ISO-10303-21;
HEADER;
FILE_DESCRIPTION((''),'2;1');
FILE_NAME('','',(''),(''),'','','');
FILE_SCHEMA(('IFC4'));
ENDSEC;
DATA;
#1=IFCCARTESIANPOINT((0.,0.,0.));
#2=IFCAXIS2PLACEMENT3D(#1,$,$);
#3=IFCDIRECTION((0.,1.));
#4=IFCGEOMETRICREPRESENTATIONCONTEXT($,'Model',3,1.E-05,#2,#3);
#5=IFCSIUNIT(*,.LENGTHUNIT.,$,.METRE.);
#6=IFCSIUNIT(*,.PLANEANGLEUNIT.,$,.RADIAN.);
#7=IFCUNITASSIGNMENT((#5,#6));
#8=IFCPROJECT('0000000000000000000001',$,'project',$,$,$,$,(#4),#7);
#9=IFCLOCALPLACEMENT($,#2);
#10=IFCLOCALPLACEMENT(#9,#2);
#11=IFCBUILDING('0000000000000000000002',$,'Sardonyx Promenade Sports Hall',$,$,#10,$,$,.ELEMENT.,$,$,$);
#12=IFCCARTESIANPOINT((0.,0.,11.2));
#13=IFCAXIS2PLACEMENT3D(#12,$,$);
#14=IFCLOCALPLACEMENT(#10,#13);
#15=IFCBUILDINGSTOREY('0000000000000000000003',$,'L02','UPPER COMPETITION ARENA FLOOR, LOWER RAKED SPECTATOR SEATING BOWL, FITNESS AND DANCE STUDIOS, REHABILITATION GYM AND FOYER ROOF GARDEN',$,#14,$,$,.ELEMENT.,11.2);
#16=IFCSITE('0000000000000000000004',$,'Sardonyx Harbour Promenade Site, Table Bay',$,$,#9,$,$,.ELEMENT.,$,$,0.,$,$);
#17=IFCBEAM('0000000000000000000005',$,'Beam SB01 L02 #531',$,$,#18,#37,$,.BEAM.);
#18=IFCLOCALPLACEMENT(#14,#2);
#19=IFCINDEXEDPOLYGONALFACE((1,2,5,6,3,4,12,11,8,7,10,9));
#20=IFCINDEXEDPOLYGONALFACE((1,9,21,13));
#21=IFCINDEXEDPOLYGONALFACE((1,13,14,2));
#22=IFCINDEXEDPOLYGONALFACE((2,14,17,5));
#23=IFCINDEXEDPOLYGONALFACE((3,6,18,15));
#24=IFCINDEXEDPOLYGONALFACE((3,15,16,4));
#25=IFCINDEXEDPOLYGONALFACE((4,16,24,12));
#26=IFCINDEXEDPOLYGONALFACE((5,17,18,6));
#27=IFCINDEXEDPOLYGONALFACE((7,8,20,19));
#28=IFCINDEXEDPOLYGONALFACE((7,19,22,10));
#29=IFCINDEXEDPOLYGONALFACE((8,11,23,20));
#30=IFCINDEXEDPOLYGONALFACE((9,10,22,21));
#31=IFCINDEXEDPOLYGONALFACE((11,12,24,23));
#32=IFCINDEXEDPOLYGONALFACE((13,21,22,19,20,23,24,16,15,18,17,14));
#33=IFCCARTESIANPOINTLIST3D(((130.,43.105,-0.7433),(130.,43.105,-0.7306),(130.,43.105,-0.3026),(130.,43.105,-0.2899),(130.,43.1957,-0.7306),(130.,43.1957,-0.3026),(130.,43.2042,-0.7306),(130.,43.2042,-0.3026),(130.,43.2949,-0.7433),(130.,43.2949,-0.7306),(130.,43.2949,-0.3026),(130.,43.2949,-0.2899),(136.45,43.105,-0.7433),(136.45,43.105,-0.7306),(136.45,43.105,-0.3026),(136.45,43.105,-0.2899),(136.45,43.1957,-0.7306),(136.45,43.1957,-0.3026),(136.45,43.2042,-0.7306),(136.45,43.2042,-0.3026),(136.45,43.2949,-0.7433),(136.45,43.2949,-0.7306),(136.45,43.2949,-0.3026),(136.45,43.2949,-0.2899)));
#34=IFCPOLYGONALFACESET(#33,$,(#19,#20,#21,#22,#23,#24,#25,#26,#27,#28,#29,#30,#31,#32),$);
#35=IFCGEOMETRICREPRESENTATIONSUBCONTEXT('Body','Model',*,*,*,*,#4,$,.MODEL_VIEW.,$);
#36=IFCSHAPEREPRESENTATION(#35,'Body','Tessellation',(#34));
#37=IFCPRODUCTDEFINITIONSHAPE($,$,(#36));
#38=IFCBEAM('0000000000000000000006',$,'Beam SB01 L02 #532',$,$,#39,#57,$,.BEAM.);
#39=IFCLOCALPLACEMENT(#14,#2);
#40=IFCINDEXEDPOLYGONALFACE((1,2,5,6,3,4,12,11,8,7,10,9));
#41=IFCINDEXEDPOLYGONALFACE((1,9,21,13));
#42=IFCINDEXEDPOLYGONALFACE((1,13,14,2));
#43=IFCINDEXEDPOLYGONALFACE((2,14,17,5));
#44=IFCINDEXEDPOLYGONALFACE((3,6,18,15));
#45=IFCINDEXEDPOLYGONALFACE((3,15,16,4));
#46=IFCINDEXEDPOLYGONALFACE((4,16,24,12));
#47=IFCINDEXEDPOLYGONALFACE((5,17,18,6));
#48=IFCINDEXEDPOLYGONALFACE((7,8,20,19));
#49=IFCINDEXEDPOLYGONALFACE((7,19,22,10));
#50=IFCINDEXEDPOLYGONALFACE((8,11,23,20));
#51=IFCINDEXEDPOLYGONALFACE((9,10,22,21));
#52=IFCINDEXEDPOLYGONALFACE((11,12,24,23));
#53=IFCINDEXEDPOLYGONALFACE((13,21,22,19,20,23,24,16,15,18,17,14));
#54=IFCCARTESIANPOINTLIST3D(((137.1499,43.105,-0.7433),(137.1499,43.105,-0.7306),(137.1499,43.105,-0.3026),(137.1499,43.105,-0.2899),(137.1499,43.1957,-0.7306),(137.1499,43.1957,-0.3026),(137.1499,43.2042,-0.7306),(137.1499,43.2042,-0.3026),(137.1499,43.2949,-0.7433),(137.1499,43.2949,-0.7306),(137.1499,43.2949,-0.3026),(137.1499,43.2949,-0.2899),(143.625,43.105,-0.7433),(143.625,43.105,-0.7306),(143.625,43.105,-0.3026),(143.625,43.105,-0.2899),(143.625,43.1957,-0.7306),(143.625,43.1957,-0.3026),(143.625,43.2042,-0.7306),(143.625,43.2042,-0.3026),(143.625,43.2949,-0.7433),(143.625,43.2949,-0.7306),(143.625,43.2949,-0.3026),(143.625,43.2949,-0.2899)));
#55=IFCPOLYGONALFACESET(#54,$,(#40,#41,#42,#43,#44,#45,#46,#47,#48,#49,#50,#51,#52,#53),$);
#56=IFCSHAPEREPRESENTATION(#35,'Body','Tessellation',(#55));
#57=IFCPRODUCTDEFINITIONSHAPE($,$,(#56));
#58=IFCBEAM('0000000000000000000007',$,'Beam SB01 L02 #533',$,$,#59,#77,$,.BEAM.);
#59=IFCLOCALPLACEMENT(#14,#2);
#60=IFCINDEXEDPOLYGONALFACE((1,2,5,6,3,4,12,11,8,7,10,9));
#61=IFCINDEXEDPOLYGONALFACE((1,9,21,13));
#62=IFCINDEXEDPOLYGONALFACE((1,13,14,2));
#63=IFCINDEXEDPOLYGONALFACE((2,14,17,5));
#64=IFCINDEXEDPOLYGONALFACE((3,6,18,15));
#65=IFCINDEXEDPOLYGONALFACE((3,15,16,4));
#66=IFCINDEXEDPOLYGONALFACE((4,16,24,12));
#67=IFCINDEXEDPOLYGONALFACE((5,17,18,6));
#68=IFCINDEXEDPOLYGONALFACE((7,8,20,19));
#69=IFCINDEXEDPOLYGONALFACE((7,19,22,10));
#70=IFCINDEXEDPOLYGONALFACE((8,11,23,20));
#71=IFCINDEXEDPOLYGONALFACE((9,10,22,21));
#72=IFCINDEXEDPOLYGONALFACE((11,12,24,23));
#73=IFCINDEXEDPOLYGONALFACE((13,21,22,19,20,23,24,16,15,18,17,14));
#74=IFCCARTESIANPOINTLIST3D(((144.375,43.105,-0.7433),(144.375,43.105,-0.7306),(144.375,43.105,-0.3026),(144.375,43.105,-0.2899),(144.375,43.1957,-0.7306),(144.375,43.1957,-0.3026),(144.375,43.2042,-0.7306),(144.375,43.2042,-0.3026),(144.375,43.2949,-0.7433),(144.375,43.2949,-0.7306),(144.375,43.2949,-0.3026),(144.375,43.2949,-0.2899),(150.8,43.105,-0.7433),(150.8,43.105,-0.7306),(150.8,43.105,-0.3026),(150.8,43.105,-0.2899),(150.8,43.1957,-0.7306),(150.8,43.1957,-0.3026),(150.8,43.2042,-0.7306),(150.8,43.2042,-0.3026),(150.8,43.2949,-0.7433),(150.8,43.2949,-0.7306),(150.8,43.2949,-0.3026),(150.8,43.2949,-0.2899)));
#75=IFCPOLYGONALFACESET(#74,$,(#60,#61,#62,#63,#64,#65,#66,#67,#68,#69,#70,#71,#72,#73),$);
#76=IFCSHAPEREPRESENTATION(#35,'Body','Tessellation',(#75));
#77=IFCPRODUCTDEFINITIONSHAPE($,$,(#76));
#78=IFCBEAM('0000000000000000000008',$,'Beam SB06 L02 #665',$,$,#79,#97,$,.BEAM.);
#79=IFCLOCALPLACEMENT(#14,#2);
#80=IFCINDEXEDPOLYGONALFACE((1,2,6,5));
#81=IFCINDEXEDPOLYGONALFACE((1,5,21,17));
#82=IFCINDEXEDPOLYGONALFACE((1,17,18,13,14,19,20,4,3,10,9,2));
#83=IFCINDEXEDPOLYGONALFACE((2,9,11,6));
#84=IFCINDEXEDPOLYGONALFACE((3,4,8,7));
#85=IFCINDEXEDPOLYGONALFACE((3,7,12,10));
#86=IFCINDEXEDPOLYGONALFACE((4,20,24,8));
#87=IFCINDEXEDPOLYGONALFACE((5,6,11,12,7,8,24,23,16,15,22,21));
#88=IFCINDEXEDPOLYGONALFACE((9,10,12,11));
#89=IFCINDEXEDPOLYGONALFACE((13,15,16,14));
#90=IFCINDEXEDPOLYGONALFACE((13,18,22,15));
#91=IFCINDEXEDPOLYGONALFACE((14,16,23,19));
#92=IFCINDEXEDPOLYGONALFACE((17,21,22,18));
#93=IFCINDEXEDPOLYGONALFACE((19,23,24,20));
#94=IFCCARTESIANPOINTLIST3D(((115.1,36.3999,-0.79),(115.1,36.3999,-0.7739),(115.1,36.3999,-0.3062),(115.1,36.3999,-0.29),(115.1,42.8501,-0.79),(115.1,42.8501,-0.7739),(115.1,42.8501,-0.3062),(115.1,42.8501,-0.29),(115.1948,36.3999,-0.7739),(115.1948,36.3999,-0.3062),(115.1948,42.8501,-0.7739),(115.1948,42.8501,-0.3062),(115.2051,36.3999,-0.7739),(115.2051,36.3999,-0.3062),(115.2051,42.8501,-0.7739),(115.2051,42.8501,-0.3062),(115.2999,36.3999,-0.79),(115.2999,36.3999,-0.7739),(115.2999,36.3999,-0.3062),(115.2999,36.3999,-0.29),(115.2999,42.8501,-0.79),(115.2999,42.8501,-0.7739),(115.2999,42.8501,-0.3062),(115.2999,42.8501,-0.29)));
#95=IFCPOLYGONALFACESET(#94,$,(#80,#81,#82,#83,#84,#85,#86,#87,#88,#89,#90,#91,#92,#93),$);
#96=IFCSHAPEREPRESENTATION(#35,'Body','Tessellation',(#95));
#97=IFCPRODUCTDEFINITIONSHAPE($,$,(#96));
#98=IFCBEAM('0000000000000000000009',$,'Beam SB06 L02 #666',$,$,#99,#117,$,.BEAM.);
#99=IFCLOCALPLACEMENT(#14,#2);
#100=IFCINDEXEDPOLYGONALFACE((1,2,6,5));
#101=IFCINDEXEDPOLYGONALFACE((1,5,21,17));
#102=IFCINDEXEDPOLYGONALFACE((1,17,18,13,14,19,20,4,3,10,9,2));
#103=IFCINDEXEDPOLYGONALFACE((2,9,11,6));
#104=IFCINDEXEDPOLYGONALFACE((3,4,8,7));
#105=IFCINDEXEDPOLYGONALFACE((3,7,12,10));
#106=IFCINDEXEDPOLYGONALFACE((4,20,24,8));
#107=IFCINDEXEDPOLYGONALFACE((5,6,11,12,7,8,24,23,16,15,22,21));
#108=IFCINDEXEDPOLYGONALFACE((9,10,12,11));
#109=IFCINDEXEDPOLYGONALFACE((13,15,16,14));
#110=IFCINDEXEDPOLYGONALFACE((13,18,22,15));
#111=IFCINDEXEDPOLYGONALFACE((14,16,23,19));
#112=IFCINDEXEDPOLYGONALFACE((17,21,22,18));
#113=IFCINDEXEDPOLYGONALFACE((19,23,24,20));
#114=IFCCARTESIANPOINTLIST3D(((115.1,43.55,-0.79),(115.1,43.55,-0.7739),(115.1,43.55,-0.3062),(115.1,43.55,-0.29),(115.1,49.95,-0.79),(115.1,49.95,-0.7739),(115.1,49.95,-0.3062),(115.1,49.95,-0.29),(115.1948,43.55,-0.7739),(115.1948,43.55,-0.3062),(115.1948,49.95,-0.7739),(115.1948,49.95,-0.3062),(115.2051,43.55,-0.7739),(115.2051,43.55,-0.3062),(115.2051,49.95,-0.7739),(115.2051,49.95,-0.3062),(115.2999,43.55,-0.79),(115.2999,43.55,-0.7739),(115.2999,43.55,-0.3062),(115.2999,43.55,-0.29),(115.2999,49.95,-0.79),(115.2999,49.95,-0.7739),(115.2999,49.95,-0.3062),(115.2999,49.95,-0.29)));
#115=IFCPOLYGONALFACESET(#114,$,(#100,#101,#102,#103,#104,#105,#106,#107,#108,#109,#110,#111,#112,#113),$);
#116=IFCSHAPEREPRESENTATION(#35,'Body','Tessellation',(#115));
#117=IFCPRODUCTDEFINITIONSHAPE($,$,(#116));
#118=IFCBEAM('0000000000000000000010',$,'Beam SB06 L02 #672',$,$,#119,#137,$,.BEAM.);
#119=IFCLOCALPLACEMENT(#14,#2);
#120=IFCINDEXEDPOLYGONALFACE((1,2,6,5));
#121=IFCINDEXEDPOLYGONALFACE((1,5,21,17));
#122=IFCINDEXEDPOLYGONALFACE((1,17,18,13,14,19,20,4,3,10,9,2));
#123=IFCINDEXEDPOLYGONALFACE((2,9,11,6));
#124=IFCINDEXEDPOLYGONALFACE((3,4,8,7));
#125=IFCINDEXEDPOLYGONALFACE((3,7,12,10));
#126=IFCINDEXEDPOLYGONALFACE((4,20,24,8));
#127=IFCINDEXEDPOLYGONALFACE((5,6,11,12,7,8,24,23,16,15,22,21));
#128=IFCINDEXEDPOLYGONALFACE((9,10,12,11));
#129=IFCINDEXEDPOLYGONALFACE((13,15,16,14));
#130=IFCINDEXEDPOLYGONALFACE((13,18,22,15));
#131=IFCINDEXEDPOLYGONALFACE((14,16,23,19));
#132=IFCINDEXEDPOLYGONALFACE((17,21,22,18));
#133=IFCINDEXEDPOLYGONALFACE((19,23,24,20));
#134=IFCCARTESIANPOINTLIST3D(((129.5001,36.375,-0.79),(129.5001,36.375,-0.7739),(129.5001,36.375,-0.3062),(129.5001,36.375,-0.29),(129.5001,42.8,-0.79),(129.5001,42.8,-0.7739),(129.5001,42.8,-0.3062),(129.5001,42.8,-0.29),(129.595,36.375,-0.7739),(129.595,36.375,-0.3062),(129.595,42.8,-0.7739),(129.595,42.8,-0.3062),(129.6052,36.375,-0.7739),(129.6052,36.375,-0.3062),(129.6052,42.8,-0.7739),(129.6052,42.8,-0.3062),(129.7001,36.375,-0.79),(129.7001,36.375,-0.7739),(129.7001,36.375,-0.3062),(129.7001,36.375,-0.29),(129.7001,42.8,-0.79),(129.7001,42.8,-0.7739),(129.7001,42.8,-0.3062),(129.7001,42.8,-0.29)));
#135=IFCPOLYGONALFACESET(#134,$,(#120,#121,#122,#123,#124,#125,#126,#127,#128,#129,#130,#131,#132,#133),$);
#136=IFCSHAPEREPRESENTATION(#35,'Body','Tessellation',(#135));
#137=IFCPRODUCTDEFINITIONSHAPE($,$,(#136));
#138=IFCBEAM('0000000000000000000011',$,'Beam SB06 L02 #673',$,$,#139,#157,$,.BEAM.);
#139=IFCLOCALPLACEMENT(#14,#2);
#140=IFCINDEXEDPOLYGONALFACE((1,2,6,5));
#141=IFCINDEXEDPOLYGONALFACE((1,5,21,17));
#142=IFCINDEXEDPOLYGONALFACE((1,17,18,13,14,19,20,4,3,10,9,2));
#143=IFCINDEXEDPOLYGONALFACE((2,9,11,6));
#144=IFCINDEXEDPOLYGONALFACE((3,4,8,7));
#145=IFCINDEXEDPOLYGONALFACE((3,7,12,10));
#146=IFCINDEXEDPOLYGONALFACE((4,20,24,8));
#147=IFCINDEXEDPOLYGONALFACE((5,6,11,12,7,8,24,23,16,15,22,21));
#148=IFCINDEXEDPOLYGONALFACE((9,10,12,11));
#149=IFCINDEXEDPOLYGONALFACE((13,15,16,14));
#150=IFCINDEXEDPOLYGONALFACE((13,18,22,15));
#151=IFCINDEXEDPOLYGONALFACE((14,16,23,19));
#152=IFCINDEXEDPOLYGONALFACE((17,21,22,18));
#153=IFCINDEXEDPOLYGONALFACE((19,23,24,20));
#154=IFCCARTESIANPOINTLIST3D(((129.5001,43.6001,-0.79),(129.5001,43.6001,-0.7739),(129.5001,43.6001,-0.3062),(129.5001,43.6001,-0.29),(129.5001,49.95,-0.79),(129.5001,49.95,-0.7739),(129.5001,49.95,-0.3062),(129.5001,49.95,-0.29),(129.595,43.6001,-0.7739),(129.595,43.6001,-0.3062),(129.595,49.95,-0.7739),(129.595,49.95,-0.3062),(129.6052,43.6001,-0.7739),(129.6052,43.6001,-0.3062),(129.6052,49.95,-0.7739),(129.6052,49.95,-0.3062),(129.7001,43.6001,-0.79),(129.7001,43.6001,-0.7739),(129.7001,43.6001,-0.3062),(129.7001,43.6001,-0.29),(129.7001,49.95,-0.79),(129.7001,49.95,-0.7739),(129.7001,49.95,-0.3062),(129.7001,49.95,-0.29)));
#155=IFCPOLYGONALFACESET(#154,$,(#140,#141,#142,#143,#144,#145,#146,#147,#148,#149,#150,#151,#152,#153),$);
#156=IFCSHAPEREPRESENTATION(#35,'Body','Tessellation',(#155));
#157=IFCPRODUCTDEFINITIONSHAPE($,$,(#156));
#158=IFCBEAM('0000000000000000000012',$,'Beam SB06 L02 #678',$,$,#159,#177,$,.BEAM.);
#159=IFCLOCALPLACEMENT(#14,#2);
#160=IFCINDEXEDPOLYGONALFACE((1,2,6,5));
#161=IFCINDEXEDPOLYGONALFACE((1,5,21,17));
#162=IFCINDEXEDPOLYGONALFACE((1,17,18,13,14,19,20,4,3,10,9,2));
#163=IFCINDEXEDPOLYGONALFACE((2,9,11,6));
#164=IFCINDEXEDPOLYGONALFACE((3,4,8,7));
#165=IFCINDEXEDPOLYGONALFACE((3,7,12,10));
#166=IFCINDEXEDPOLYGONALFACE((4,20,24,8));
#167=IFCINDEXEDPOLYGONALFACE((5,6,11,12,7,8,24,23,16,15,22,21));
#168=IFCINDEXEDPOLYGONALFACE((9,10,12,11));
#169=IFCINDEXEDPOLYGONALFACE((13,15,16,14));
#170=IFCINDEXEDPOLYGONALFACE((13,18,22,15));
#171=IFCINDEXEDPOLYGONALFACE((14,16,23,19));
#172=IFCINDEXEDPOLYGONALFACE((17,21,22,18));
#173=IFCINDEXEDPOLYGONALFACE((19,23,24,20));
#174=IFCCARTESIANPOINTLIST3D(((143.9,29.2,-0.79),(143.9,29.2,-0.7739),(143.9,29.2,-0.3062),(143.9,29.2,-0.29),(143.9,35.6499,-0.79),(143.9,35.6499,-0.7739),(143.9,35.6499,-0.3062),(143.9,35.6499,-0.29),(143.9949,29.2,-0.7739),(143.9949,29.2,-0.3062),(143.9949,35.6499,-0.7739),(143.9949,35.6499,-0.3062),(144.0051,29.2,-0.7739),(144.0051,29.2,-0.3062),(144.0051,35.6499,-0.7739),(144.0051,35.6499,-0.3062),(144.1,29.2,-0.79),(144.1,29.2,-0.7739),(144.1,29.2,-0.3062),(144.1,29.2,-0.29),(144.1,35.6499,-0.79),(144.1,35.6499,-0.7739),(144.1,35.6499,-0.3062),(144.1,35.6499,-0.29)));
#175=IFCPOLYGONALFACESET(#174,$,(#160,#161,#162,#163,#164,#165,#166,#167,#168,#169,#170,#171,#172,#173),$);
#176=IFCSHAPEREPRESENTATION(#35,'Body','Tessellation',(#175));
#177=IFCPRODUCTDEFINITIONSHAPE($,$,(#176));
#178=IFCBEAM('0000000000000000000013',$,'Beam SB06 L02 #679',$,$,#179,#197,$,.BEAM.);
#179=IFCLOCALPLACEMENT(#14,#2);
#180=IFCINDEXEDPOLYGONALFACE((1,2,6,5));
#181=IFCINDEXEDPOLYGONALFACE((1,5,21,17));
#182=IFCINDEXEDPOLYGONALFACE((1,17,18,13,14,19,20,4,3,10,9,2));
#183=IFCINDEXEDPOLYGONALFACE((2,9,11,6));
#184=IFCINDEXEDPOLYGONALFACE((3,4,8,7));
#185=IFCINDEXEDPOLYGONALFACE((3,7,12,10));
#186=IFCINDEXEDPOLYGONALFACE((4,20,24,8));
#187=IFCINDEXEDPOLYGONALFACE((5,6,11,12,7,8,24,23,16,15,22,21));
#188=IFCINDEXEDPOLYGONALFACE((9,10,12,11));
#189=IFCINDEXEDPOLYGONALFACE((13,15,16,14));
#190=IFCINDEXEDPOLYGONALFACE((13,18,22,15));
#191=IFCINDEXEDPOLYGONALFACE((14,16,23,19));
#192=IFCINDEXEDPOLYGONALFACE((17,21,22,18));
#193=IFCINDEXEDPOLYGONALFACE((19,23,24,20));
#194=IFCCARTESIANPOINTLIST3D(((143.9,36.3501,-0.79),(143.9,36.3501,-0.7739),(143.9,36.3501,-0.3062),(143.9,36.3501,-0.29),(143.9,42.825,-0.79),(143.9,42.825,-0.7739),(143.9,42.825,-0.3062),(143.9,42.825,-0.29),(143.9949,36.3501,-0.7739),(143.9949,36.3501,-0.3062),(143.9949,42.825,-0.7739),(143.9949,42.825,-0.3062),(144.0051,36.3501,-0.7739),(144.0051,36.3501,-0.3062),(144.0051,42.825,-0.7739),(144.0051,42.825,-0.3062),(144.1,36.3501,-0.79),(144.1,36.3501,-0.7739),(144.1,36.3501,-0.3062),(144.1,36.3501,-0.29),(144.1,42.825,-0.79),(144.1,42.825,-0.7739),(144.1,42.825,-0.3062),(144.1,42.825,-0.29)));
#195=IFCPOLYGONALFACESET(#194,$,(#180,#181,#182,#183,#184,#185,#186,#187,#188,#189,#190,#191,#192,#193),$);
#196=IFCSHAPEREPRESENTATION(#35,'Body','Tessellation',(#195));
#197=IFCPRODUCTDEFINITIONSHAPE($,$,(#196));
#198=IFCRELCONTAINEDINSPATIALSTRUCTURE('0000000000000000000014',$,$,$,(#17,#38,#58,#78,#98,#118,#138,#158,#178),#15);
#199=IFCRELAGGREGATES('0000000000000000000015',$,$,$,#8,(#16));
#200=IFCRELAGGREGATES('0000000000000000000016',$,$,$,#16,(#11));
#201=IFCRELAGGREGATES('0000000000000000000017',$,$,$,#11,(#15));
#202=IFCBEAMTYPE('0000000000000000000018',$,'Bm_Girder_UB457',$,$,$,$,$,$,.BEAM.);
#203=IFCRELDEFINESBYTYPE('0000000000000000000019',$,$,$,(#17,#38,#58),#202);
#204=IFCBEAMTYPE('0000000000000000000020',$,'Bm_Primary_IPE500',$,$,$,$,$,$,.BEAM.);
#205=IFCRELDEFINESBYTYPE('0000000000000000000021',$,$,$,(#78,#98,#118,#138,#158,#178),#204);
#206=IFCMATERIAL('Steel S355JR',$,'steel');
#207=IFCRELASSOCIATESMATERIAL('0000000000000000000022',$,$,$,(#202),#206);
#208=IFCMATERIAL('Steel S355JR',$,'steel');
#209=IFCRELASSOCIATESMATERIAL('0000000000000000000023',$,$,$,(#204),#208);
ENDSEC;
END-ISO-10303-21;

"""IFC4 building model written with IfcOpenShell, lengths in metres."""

from ifc_helpers import new_model, si_unit, direction, frame, origin, origin_2d, place, context, subcontext, project, spatial, i_section, extrude, material, material_profile, profile_set, type_object, element, save


model = new_model("IFC4")

# Units and contexts
model_context = context("Model", 3, precision=1e-05, world=origin(), true_north=direction((0.0, 1.0)))
body_context = subcontext(model_context, "Body", "Model", "MODEL_VIEW")
ifc_project = project(units=[si_unit("LENGTHUNIT", "METRE"), si_unit("PLANEANGLEUNIT", "RADIAN")], contexts=[model_context])

# Site, building, storey
site_placement = place(None, origin())
site = spatial("IfcSite", under=ifc_project, at=site_placement, Name="Sardonyx Harbour Promenade Site, Table Bay", CompositionType="ELEMENT", RefElevation=0.0)
building_placement = place(site_placement, origin())
building = spatial("IfcBuilding", under=site, at=building_placement, Name="Sardonyx Promenade Sports Hall", CompositionType="ELEMENT")
storey_placement = place(building_placement, frame((0.0, 0.0, 11.2)))
storey = spatial("IfcBuildingStorey", under=building, at=storey_placement, Name="L02", Description="UPPER COMPETITION ARENA FLOOR, LOWER RAKED SPECTATOR SEATING BOWL, FITNESS AND DANCE STUDIOS, REHABILITATION GYM AND FOYER ROOF GARDEN", CompositionType="ELEMENT", Elevation=11.2)

# Beams
ifc_material_1 = material(Name="Steel S355JR", Category="steel")
ifc_material_profile_1 = material_profile(ifc_material_1, i_section(OverallWidth=0.1899, OverallDepth=0.4534, WebThickness=0.0085, FlangeThickness=0.0127, at=origin_2d()))
ifc_profile_set_1 = profile_set([ifc_material_profile_1], Name="Steel S355JR")
beam_type_1 = type_object("IfcBeamType", Name="Bm_Girder_UB457", PredefinedType="BEAM", material=ifc_profile_set_1)
beam_1_placement = place(storey_placement, frame((130.0, 43.2, -0.5166), z_axis=(1.0, 0.0, 0.0), x_axis=(0.0, 1.0, 0.0)))
element("IfcBeam", 1, at=beam_1_placement, inside=storey, type_object=beam_type_1, Name="Beam SB01 L02 #531", PredefinedType="BEAM", context=body_context, shape_type="SweptSolid", body=[
    extrude(i_section(OverallWidth=0.1899, OverallDepth=0.4534, WebThickness=0.0085, FlangeThickness=0.0127, at=origin_2d()), origin(), (0.0, 0.0, 1.0), 6.45),
])
beam_2_placement = place(storey_placement, frame((137.1499, 43.2, -0.5166), z_axis=(1.0, 0.0, 0.0), x_axis=(0.0, 1.0, 0.0)))
element("IfcBeam", 2, at=beam_2_placement, inside=storey, type_object=beam_type_1, Name="Beam SB01 L02 #532", PredefinedType="BEAM", context=body_context, shape_type="SweptSolid", body=[
    extrude(i_section(OverallWidth=0.1899, OverallDepth=0.4534, WebThickness=0.0085, FlangeThickness=0.0127, at=origin_2d()), origin(), (0.0, 0.0, 1.0), 6.4751),
])
beam_3_placement = place(storey_placement, frame((144.375, 43.2, -0.5166), z_axis=(1.0, 0.0, 0.0), x_axis=(0.0, 1.0, 0.0)))
element("IfcBeam", 3, at=beam_3_placement, inside=storey, type_object=beam_type_1, Name="Beam SB01 L02 #533", PredefinedType="BEAM", context=body_context, shape_type="SweptSolid", body=[
    extrude(i_section(OverallWidth=0.1899, OverallDepth=0.4534, WebThickness=0.0085, FlangeThickness=0.0127, at=origin_2d()), origin(), (0.0, 0.0, 1.0), 6.425),
])
ifc_material_2 = material(Name="Steel S355JR", Category="steel")
ifc_material_profile_2 = material_profile(ifc_material_2, i_section(OverallWidth=0.2, OverallDepth=0.5, WebThickness=0.0103, FlangeThickness=0.0161, at=origin_2d()))
ifc_profile_set_2 = profile_set([ifc_material_profile_2], Name="Steel S355JR")
beam_type_2 = type_object("IfcBeamType", Name="Bm_Primary_IPE500", PredefinedType="BEAM", material=ifc_profile_set_2)
beam_4_placement = place(storey_placement, frame((115.2, 36.3999, -0.54), z_axis=(0.0, 1.0, 0.0), x_axis=(-1.0, 0.0, 0.0)))
element("IfcBeam", 4, at=beam_4_placement, inside=storey, type_object=beam_type_2, Name="Beam SB06 L02 #665", PredefinedType="BEAM", context=body_context, shape_type="SweptSolid", body=[
    extrude(i_section(OverallWidth=0.2, OverallDepth=0.5, WebThickness=0.0103, FlangeThickness=0.0161, at=origin_2d()), origin(), (0.0, 0.0, 1.0), 6.4502),
])
beam_5_placement = place(storey_placement, frame((115.2, 43.55, -0.54), z_axis=(0.0, 1.0, 0.0), x_axis=(-1.0, 0.0, 0.0)))
element("IfcBeam", 5, at=beam_5_placement, inside=storey, type_object=beam_type_2, Name="Beam SB06 L02 #666", PredefinedType="BEAM", context=body_context, shape_type="SweptSolid", body=[
    extrude(i_section(OverallWidth=0.2, OverallDepth=0.5, WebThickness=0.0103, FlangeThickness=0.0161, at=origin_2d()), origin(), (0.0, 0.0, 1.0), 6.3999),
])
beam_6_placement = place(storey_placement, frame((129.6001, 36.375, -0.54), z_axis=(0.0, 1.0, 0.0), x_axis=(-1.0, 0.0, 0.0)))
element("IfcBeam", 6, at=beam_6_placement, inside=storey, type_object=beam_type_2, Name="Beam SB06 L02 #672", PredefinedType="BEAM", context=body_context, shape_type="SweptSolid", body=[
    extrude(i_section(OverallWidth=0.2, OverallDepth=0.5, WebThickness=0.0103, FlangeThickness=0.0161, at=origin_2d()), origin(), (0.0, 0.0, 1.0), 6.425),
])
beam_7_placement = place(storey_placement, frame((129.6001, 43.6001, -0.54), z_axis=(0.0, 1.0, 0.0), x_axis=(-1.0, 0.0, 0.0)))
element("IfcBeam", 7, at=beam_7_placement, inside=storey, type_object=beam_type_2, Name="Beam SB06 L02 #673", PredefinedType="BEAM", context=body_context, shape_type="SweptSolid", body=[
    extrude(i_section(OverallWidth=0.2, OverallDepth=0.5, WebThickness=0.0103, FlangeThickness=0.0161, at=origin_2d()), origin(), (0.0, 0.0, 1.0), 6.3499),
])
beam_8_placement = place(storey_placement, frame((144.0, 29.2, -0.54), z_axis=(0.0, 1.0, 0.0), x_axis=(-1.0, 0.0, 0.0)))
element("IfcBeam", 8, at=beam_8_placement, inside=storey, type_object=beam_type_2, Name="Beam SB06 L02 #678", PredefinedType="BEAM", context=body_context, shape_type="SweptSolid", body=[
    extrude(i_section(OverallWidth=0.2, OverallDepth=0.5, WebThickness=0.0103, FlangeThickness=0.0161, at=origin_2d()), origin(), (0.0, 0.0, 1.0), 6.45),
])
beam_9_placement = place(storey_placement, frame((144.0, 36.3501, -0.54), z_axis=(0.0, 1.0, 0.0), x_axis=(-1.0, 0.0, 0.0)))
element("IfcBeam", 9, at=beam_9_placement, inside=storey, type_object=beam_type_2, Name="Beam SB06 L02 #679", PredefinedType="BEAM", context=body_context, shape_type="SweptSolid", body=[
    extrude(i_section(OverallWidth=0.2, OverallDepth=0.5, WebThickness=0.0103, FlangeThickness=0.0161, at=origin_2d()), origin(), (0.0, 0.0, 1.0), 6.4749),
])

save(model, "model.ifc")
